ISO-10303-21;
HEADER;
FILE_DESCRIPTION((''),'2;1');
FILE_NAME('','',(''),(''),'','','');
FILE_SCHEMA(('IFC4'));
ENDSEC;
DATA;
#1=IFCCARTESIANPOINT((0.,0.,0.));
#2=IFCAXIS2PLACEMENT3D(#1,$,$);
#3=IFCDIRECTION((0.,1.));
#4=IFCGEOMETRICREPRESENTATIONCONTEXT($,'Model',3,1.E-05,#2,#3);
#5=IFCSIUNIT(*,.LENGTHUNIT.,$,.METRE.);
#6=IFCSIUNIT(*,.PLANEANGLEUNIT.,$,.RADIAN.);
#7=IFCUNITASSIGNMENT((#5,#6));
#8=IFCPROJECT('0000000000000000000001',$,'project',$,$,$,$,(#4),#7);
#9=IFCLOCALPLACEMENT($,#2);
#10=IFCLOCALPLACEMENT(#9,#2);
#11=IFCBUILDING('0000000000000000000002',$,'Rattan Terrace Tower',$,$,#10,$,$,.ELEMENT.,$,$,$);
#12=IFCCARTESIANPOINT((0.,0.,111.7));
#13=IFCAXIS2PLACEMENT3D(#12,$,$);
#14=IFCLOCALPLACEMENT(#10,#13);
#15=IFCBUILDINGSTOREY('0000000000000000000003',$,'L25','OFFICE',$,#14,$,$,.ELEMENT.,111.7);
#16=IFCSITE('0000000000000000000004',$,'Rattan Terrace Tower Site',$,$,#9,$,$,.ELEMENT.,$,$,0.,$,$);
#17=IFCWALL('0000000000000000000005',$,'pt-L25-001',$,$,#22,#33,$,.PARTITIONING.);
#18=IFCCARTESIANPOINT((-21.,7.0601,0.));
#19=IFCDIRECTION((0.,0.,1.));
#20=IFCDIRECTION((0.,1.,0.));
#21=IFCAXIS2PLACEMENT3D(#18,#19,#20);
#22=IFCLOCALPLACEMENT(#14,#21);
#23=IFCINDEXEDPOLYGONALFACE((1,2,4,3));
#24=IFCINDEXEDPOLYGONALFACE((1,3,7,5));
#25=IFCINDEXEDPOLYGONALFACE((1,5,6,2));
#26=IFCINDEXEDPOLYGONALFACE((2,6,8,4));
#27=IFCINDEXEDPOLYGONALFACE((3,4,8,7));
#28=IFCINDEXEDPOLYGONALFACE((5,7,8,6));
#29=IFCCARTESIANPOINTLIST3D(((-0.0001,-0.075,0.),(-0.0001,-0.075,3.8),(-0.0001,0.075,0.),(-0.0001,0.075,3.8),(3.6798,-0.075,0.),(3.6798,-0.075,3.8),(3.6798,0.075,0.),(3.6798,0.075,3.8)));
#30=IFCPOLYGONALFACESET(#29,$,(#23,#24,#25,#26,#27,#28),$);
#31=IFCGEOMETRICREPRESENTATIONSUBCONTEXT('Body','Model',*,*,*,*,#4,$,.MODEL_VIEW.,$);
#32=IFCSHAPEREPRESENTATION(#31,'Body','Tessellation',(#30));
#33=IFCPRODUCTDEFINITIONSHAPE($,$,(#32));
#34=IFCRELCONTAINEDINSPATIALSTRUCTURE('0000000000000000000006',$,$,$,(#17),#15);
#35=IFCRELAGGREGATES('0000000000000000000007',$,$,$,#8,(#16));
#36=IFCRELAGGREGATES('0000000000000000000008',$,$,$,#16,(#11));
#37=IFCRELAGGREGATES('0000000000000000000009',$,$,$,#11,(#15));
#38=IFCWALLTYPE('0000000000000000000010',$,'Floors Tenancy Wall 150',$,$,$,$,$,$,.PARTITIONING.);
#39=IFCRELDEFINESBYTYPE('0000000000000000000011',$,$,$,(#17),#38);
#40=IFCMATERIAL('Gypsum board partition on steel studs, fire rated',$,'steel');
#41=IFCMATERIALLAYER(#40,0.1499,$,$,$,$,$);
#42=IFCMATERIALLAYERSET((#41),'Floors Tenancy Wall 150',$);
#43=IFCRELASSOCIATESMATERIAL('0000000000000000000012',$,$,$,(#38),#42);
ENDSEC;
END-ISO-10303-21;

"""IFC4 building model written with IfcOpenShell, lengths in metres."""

from ifc_helpers import new_model, si_unit, direction, frame, frame_2d, origin, place, context, subcontext, project, spatial, rectangle, extrude, material, layer, layer_set, type_object, element, save


model = new_model("IFC4")

# Units and contexts
model_context = context("Model", 3, precision=1e-05, world=origin(), true_north=direction((0.0, 1.0)))
body_context = subcontext(model_context, "Body", "Model", "MODEL_VIEW")
ifc_project = project(units=[si_unit("LENGTHUNIT", "METRE"), si_unit("PLANEANGLEUNIT", "RADIAN")], contexts=[model_context])

# Site, building, storey
site_placement = place(None, origin())
site = spatial("IfcSite", under=ifc_project, at=site_placement, Name="Rattan Terrace Tower Site", CompositionType="ELEMENT", RefElevation=0.0)
building_placement = place(site_placement, origin())
building = spatial("IfcBuilding", under=site, at=building_placement, Name="Rattan Terrace Tower", CompositionType="ELEMENT")
storey_placement = place(building_placement, frame((0.0, 0.0, 111.7)))
storey = spatial("IfcBuildingStorey", under=building, at=storey_placement, Name="L25", Description="OFFICE", CompositionType="ELEMENT", Elevation=111.7)

# Wall
ifc_material_1 = material(Name="Gypsum board partition on steel studs, fire rated", Category="steel")
ifc_layer_1 = layer(ifc_material_1, 0.1499)
ifc_layer_set_1 = layer_set([ifc_layer_1], Name="Floors Tenancy Wall 150")
wall_type_1 = type_object("IfcWallType", Name="Floors Tenancy Wall 150", PredefinedType="PARTITIONING", material=ifc_layer_set_1)
wall_1_placement = place(storey_placement, frame((-21.0, 7.0601, 0.0), z_axis=(0.0, 0.0, 1.0), x_axis=(0.0, 1.0, 0.0)))
element("IfcWall", 1, at=wall_1_placement, inside=storey, type_object=wall_type_1, Name="pt-L25-001", PredefinedType="PARTITIONING", context=body_context, shape_type="SweptSolid", body=[
    extrude(rectangle(XDim=3.6799, YDim=0.1499, at=frame_2d((1.8398, 0.0))), origin(), (0.0, 0.0, 1.0), 3.8),
])

save(model, "model.ifc")
